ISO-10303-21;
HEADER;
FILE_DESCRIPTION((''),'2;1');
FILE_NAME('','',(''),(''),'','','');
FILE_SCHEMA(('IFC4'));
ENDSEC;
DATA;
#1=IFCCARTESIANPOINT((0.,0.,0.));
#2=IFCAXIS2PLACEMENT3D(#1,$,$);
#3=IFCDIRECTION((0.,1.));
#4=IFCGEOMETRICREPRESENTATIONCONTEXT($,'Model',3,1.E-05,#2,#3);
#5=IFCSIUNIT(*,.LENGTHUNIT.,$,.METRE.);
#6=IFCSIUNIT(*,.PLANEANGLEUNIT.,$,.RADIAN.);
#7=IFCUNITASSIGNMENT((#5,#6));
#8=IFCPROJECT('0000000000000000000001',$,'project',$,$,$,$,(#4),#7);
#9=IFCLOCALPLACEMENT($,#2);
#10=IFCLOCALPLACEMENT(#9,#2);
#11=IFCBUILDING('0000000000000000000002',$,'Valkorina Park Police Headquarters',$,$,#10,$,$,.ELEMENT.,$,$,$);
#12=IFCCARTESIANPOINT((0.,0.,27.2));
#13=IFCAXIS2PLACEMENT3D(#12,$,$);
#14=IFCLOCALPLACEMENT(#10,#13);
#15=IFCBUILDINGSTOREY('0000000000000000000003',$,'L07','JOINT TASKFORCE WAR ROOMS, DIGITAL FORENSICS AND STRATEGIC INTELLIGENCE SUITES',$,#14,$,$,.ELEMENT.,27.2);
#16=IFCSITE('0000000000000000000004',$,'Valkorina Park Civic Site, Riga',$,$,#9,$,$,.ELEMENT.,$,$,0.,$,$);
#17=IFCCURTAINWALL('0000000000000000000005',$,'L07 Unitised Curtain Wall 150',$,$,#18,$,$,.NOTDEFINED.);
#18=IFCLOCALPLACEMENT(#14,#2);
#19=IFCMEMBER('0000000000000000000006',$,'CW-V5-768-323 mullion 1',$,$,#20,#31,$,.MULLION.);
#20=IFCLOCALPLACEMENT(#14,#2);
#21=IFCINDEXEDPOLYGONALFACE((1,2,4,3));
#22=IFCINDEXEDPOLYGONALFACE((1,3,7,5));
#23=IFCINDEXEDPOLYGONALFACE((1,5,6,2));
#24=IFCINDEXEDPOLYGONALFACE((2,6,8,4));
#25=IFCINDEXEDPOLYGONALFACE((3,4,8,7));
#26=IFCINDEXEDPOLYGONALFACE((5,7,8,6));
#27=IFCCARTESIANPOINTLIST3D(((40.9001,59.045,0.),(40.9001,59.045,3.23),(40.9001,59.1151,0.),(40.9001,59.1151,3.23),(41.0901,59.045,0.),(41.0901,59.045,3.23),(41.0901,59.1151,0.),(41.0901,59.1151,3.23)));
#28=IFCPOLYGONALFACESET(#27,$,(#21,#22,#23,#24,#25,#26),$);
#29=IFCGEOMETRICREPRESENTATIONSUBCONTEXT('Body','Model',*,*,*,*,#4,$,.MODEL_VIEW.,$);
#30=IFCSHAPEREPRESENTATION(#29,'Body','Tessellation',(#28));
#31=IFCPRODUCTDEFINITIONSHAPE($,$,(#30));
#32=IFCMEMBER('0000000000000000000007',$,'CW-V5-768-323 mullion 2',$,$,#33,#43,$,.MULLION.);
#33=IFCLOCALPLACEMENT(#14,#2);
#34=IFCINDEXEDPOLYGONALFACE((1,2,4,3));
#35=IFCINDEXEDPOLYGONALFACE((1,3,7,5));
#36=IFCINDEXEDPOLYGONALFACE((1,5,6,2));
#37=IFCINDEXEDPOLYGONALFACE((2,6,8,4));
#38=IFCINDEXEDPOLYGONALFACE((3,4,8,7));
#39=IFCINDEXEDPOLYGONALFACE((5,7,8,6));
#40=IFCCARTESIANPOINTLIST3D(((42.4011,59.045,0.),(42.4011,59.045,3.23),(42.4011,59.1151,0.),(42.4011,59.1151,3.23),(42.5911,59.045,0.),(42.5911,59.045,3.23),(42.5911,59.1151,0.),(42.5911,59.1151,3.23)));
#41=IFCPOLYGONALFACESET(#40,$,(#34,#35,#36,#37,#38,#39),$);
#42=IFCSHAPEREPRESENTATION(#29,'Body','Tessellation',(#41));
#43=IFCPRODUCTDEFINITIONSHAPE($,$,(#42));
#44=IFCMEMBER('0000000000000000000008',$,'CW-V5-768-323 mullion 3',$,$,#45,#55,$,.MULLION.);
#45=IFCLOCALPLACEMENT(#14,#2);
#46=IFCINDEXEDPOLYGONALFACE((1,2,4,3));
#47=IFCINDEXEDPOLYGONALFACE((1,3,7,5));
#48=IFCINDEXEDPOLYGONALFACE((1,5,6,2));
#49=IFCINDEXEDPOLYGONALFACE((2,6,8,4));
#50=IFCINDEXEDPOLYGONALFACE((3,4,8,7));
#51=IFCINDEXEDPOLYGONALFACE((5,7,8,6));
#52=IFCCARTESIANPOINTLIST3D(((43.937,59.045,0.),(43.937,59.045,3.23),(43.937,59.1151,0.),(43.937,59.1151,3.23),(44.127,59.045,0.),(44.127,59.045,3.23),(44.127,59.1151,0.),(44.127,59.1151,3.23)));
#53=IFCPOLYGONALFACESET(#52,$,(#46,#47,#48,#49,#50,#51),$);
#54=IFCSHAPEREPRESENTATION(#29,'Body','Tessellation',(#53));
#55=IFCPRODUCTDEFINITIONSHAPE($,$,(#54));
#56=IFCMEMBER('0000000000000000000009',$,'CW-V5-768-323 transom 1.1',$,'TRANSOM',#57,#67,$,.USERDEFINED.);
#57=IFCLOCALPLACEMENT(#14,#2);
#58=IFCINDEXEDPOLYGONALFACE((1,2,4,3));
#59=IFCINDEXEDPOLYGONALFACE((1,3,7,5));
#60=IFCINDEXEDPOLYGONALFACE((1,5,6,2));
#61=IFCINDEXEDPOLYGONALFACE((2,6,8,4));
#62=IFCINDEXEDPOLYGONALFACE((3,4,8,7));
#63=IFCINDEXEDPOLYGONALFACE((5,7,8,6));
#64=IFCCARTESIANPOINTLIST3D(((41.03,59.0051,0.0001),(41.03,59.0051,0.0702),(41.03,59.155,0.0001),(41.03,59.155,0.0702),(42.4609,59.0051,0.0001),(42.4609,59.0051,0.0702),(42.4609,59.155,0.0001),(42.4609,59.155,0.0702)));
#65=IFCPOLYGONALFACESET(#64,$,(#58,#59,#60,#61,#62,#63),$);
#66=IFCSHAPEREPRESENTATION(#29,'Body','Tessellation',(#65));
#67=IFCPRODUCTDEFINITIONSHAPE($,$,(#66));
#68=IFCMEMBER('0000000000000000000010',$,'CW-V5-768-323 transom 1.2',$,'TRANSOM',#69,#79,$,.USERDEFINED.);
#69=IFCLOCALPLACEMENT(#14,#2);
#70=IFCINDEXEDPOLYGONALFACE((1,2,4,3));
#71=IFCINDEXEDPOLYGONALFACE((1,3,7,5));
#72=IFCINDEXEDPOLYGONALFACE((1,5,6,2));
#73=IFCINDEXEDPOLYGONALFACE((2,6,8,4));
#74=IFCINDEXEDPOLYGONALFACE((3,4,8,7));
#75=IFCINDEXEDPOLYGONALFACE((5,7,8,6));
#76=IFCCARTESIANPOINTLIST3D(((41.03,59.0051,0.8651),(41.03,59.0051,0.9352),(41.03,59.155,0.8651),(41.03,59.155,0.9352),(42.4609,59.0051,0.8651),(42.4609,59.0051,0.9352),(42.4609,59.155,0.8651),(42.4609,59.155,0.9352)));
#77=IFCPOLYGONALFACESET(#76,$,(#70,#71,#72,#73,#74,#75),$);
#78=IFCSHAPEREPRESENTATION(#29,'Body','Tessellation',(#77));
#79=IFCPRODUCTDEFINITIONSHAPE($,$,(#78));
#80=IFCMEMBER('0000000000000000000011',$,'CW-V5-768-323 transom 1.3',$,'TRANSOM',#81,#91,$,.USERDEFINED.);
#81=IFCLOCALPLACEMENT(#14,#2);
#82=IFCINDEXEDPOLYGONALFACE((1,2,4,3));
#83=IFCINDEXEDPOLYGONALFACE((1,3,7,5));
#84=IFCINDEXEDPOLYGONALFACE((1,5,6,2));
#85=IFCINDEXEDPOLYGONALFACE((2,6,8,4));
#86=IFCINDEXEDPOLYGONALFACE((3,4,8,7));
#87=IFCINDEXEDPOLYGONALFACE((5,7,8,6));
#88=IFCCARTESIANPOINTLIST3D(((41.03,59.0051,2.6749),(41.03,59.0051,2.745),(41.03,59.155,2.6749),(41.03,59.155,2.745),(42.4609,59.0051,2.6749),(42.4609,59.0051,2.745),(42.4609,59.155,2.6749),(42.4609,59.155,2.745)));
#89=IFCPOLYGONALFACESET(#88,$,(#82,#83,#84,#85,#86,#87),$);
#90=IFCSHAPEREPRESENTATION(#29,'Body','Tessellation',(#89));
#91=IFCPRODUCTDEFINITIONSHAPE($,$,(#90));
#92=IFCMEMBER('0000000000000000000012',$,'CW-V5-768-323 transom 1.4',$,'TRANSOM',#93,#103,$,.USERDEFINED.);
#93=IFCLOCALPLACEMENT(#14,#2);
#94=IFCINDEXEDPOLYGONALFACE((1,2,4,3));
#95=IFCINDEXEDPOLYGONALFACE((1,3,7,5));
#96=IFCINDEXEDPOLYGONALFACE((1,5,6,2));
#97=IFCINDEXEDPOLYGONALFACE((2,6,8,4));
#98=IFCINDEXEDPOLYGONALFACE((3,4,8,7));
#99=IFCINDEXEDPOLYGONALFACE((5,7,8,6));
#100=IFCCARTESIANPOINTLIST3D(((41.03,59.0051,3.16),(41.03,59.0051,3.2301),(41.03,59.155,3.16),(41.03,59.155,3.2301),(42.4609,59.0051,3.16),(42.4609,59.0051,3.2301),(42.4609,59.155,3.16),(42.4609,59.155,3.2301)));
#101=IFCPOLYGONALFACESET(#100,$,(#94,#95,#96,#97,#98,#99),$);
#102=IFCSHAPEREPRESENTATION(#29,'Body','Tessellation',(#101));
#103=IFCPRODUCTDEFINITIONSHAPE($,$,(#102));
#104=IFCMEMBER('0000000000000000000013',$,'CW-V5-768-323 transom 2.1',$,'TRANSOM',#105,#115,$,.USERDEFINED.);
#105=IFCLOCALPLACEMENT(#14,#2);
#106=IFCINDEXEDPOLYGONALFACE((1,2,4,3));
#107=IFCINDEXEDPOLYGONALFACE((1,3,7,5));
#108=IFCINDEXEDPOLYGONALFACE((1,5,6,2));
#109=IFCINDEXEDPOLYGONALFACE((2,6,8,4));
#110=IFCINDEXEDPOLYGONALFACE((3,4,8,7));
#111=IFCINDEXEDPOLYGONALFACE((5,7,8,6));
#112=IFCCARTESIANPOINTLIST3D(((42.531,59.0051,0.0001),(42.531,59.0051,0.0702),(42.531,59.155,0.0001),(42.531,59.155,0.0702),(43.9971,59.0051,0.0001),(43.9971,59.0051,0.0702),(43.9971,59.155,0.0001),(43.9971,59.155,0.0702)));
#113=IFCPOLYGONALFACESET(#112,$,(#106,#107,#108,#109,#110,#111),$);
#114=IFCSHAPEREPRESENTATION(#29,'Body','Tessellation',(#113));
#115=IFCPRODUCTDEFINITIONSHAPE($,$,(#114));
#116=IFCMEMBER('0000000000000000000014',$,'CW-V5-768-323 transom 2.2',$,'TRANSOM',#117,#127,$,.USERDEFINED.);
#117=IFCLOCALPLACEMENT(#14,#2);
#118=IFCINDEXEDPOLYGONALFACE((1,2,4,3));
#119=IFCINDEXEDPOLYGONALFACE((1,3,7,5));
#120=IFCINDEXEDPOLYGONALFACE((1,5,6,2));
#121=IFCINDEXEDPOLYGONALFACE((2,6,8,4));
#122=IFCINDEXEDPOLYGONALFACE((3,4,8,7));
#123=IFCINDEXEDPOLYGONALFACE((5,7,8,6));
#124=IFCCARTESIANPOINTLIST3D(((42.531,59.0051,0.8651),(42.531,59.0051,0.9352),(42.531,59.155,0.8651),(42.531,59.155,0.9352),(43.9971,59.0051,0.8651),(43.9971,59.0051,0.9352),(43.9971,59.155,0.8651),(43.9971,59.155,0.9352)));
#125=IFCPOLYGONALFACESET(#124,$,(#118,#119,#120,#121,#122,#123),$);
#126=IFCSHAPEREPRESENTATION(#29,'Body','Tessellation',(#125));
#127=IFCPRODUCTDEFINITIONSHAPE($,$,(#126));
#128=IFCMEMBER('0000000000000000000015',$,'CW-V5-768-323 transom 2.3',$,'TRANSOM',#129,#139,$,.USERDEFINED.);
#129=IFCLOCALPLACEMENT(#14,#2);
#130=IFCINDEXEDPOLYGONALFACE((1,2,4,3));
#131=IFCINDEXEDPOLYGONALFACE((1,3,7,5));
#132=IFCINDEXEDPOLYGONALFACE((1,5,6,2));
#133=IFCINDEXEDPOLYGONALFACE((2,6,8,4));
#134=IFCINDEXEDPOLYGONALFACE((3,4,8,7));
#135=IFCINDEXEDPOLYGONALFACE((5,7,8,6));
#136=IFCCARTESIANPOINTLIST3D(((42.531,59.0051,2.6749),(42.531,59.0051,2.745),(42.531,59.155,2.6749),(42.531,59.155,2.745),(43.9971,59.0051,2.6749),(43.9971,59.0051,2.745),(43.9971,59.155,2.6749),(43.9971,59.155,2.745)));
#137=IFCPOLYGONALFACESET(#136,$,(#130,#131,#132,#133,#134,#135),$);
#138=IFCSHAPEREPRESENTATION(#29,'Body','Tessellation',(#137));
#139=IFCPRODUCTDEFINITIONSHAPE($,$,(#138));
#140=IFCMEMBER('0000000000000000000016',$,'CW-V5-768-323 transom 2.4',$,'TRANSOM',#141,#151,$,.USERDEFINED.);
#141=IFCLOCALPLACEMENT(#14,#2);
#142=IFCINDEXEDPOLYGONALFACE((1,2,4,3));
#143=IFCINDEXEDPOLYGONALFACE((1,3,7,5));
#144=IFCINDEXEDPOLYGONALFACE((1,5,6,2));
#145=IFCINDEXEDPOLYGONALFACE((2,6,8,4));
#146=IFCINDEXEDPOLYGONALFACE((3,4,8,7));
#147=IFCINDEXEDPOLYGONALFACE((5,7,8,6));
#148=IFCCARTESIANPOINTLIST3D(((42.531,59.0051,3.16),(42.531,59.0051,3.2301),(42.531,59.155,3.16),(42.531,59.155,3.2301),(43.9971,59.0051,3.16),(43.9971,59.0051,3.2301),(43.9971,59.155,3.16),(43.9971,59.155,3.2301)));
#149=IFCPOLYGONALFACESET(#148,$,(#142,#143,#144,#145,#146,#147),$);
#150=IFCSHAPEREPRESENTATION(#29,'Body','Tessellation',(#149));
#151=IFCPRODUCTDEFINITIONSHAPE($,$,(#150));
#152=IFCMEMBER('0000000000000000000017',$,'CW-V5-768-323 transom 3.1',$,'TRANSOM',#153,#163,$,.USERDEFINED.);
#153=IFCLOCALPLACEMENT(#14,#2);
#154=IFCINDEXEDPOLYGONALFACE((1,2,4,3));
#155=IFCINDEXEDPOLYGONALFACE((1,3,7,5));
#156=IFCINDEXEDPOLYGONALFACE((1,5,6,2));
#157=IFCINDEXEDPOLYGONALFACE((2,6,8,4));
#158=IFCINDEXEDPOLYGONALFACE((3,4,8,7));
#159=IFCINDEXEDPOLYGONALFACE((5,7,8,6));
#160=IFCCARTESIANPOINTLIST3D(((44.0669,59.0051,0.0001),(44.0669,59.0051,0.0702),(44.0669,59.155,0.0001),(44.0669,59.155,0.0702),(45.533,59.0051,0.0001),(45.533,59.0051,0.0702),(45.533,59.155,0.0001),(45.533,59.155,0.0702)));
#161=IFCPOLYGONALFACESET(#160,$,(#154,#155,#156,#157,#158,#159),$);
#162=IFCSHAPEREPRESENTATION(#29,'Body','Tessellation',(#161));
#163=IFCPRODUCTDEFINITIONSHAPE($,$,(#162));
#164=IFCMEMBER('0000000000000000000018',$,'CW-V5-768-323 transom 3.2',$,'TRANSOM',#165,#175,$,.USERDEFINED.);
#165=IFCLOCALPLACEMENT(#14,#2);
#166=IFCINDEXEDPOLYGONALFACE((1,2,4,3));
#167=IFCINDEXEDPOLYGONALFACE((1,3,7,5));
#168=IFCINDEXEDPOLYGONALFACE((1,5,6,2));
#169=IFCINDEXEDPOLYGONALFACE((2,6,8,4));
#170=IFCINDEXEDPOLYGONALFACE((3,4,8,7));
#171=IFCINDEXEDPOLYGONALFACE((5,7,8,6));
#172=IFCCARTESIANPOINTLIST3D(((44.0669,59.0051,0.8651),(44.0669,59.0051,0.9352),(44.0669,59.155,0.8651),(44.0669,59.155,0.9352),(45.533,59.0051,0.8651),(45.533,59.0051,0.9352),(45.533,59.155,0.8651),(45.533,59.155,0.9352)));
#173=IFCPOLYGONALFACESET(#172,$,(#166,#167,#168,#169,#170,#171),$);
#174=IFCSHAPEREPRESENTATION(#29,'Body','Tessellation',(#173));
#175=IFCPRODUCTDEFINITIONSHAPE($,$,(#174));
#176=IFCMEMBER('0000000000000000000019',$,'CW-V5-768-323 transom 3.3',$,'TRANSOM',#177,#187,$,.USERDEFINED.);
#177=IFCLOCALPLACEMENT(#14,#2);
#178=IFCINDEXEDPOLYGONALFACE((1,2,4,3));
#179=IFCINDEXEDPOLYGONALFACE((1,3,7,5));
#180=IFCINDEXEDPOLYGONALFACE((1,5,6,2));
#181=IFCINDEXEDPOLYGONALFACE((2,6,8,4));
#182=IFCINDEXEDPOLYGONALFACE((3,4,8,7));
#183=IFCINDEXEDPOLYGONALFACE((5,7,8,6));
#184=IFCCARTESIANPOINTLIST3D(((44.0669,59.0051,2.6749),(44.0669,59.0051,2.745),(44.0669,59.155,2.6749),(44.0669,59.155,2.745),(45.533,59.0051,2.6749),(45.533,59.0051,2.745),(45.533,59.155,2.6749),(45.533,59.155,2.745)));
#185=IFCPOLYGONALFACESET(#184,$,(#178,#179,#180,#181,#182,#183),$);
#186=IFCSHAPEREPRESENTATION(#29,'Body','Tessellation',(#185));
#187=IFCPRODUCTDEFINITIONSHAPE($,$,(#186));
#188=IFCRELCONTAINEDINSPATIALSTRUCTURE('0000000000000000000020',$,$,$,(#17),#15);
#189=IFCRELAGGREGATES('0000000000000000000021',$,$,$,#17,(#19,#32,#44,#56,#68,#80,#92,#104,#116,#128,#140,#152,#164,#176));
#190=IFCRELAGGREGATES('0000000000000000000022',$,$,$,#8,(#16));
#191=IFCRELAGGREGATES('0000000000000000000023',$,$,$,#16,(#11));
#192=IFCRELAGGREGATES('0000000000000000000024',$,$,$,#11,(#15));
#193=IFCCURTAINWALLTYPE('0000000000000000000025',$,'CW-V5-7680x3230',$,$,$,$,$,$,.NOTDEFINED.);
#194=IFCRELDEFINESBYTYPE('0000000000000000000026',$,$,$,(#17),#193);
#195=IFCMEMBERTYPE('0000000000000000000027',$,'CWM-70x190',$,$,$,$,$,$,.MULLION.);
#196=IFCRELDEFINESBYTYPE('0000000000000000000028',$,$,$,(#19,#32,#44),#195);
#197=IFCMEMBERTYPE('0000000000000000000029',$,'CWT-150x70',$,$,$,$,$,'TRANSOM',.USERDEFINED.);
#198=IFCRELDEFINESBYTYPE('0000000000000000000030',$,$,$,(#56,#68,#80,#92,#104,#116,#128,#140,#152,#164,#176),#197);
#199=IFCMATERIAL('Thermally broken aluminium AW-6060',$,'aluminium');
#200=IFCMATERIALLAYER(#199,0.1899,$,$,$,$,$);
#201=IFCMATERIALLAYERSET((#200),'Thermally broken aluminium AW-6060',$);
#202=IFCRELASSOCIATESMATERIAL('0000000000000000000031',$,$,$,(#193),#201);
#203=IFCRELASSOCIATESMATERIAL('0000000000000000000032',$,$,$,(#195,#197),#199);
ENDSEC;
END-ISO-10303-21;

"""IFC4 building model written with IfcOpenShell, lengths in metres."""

from ifc_helpers import new_model, si_unit, direction, frame, origin, origin_2d, place, context, subcontext, project, spatial, rectangle, extrude, material, layer, layer_set, material_profile, profile_set, type_object, element, aggregate, save


model = new_model("IFC4")

# Units and contexts
model_context = context("Model", 3, precision=1e-05, world=origin(), true_north=direction((0.0, 1.0)))
body_context = subcontext(model_context, "Body", "Model", "MODEL_VIEW")
ifc_project = project(units=[si_unit("LENGTHUNIT", "METRE"), si_unit("PLANEANGLEUNIT", "RADIAN")], contexts=[model_context])

# Site, building, storey
site_placement = place(None, origin())
site = spatial("IfcSite", under=ifc_project, at=site_placement, Name="Valkorina Park Civic Site, Riga", CompositionType="ELEMENT", RefElevation=0.0)
building_placement = place(site_placement, origin())
building = spatial("IfcBuilding", under=site, at=building_placement, Name="Valkorina Park Police Headquarters", CompositionType="ELEMENT")
storey_placement = place(building_placement, frame((0.0, 0.0, 27.2)))
storey = spatial("IfcBuildingStorey", under=building, at=storey_placement, Name="L07", Description="JOINT TASKFORCE WAR ROOMS, DIGITAL FORENSICS AND STRATEGIC INTELLIGENCE SUITES", CompositionType="ELEMENT", Elevation=27.2)

# Curtain wall, members
ifc_material_1 = material(Name="Thermally broken aluminium AW-6060", Category="aluminium")
ifc_layer_1 = layer(ifc_material_1, 0.1899)
ifc_layer_set_1 = layer_set([ifc_layer_1], Name="Thermally broken aluminium AW-6060")
curtain_wall_type = type_object("IfcCurtainWallType", Name="CW-V5-7680x3230", PredefinedType="NOTDEFINED", material=ifc_layer_set_1)
curtain_wall_placement = place(storey_placement, origin())
curtain_wall = element("IfcCurtainWall", 1, at=curtain_wall_placement, inside=storey, type_object=curtain_wall_type, Name="L07 Unitised Curtain Wall 150", PredefinedType="NOTDEFINED")
ifc_material_profile_1 = material_profile(ifc_material_1, rectangle(XDim=0.0701, YDim=0.1899, at=origin_2d()), Name="CWM-02 70x190")
ifc_profile_set_1 = profile_set([ifc_material_profile_1], Name="Thermally broken aluminium AW-6060")
member_type_1 = type_object("IfcMemberType", Name="CWM-70x190", PredefinedType="MULLION", material=ifc_profile_set_1)
member_1_placement = place(storey_placement, frame((40.9951, 59.0801, 0.0), z_axis=(0.0, 0.0, 1.0), x_axis=(0.0, 1.0, 0.0)))
member_1 = element("IfcMember", 2, at=member_1_placement, type_object=member_type_1, Name="CW-V5-768-323 mullion 1", PredefinedType="MULLION", context=body_context, shape_type="SweptSolid", body=[
    extrude(rectangle(XDim=0.0701, YDim=0.1899, at=origin_2d()), origin(), (0.0, 0.0, 1.0), 3.23),
])
member_2_placement = place(storey_placement, frame((42.4961, 59.0801, 0.0), z_axis=(0.0, 0.0, 1.0), x_axis=(0.0, 1.0, 0.0)))
member_2 = element("IfcMember", 3, at=member_2_placement, type_object=member_type_1, Name="CW-V5-768-323 mullion 2", PredefinedType="MULLION", context=body_context, shape_type="SweptSolid", body=[
    extrude(rectangle(XDim=0.0701, YDim=0.1899, at=origin_2d()), origin(), (0.0, 0.0, 1.0), 3.23),
])
member_3_placement = place(storey_placement, frame((44.032, 59.0801, 0.0), z_axis=(0.0, 0.0, 1.0), x_axis=(0.0, 1.0, 0.0)))
member_3 = element("IfcMember", 4, at=member_3_placement, type_object=member_type_1, Name="CW-V5-768-323 mullion 3", PredefinedType="MULLION", context=body_context, shape_type="SweptSolid", body=[
    extrude(rectangle(XDim=0.0701, YDim=0.1899, at=origin_2d()), origin(), (0.0, 0.0, 1.0), 3.23),
])
ifc_material_profile_2 = material_profile(ifc_material_1, rectangle(XDim=0.1499, YDim=0.0701, at=origin_2d()), Name="CWT-02 150x70")
ifc_profile_set_2 = profile_set([ifc_material_profile_2], Name="Thermally broken aluminium AW-6060")
member_type_2 = type_object("IfcMemberType", Name="CWT-150x70", ElementType="TRANSOM", PredefinedType="USERDEFINED", material=ifc_profile_set_2)
member_4_placement = place(storey_placement, frame((41.03, 59.0801, 0.0352), z_axis=(1.0, 0.0, 0.0), x_axis=(0.0, 1.0, 0.0)))
member_4 = element("IfcMember", 5, at=member_4_placement, type_object=member_type_2, Name="CW-V5-768-323 transom 1.1", ObjectType="TRANSOM", PredefinedType="USERDEFINED", context=body_context, shape_type="SweptSolid", body=[
    extrude(rectangle(XDim=0.1499, YDim=0.0701, at=origin_2d()), origin(), (0.0, 0.0, 1.0), 1.4309),
])
member_5_placement = place(storey_placement, frame((41.03, 59.0801, 0.9001), z_axis=(1.0, 0.0, 0.0), x_axis=(0.0, 1.0, 0.0)))
member_5 = element("IfcMember", 6, at=member_5_placement, type_object=member_type_2, Name="CW-V5-768-323 transom 1.2", ObjectType="TRANSOM", PredefinedType="USERDEFINED", context=body_context, shape_type="SweptSolid", body=[
    extrude(rectangle(XDim=0.1499, YDim=0.0701, at=origin_2d()), origin(), (0.0, 0.0, 1.0), 1.4309),
])
member_6_placement = place(storey_placement, frame((41.03, 59.0801, 2.71), z_axis=(1.0, 0.0, 0.0), x_axis=(0.0, 1.0, 0.0)))
member_6 = element("IfcMember", 7, at=member_6_placement, type_object=member_type_2, Name="CW-V5-768-323 transom 1.3", ObjectType="TRANSOM", PredefinedType="USERDEFINED", context=body_context, shape_type="SweptSolid", body=[
    extrude(rectangle(XDim=0.1499, YDim=0.0701, at=origin_2d()), origin(), (0.0, 0.0, 1.0), 1.4309),
])
member_7_placement = place(storey_placement, frame((41.03, 59.0801, 3.1951), z_axis=(1.0, 0.0, 0.0), x_axis=(0.0, 1.0, 0.0)))
member_7 = element("IfcMember", 8, at=member_7_placement, type_object=member_type_2, Name="CW-V5-768-323 transom 1.4", ObjectType="TRANSOM", PredefinedType="USERDEFINED", context=body_context, shape_type="SweptSolid", body=[
    extrude(rectangle(XDim=0.1499, YDim=0.0701, at=origin_2d()), origin(), (0.0, 0.0, 1.0), 1.4309),
])
member_8_placement = place(storey_placement, frame((42.531, 59.0801, 0.0352), z_axis=(1.0, 0.0, 0.0), x_axis=(0.0, 1.0, 0.0)))
member_8 = element("IfcMember", 9, at=member_8_placement, type_object=member_type_2, Name="CW-V5-768-323 transom 2.1", ObjectType="TRANSOM", PredefinedType="USERDEFINED", context=body_context, shape_type="SweptSolid", body=[
    extrude(rectangle(XDim=0.1499, YDim=0.0701, at=origin_2d()), origin(), (0.0, 0.0, 1.0), 1.4661),
])
member_9_placement = place(storey_placement, frame((42.531, 59.0801, 0.9001), z_axis=(1.0, 0.0, 0.0), x_axis=(0.0, 1.0, 0.0)))
member_9 = element("IfcMember", 10, at=member_9_placement, type_object=member_type_2, Name="CW-V5-768-323 transom 2.2", ObjectType="TRANSOM", PredefinedType="USERDEFINED", context=body_context, shape_type="SweptSolid", body=[
    extrude(rectangle(XDim=0.1499, YDim=0.0701, at=origin_2d()), origin(), (0.0, 0.0, 1.0), 1.4661),
])
member_10_placement = place(storey_placement, frame((42.531, 59.0801, 2.71), z_axis=(1.0, 0.0, 0.0), x_axis=(0.0, 1.0, 0.0)))
member_10 = element("IfcMember", 11, at=member_10_placement, type_object=member_type_2, Name="CW-V5-768-323 transom 2.3", ObjectType="TRANSOM", PredefinedType="USERDEFINED", context=body_context, shape_type="SweptSolid", body=[
    extrude(rectangle(XDim=0.1499, YDim=0.0701, at=origin_2d()), origin(), (0.0, 0.0, 1.0), 1.4661),
])
member_11_placement = place(storey_placement, frame((42.531, 59.0801, 3.1951), z_axis=(1.0, 0.0, 0.0), x_axis=(0.0, 1.0, 0.0)))
member_11 = element("IfcMember", 12, at=member_11_placement, type_object=member_type_2, Name="CW-V5-768-323 transom 2.4", ObjectType="TRANSOM", PredefinedType="USERDEFINED", context=body_context, shape_type="SweptSolid", body=[
    extrude(rectangle(XDim=0.1499, YDim=0.0701, at=origin_2d()), origin(), (0.0, 0.0, 1.0), 1.4661),
])
member_12_placement = place(storey_placement, frame((44.0669, 59.0801, 0.0352), z_axis=(1.0, 0.0, 0.0), x_axis=(0.0, 1.0, 0.0)))
member_12 = element("IfcMember", 13, at=member_12_placement, type_object=member_type_2, Name="CW-V5-768-323 transom 3.1", ObjectType="TRANSOM", PredefinedType="USERDEFINED", context=body_context, shape_type="SweptSolid", body=[
    extrude(rectangle(XDim=0.1499, YDim=0.0701, at=origin_2d()), origin(), (0.0, 0.0, 1.0), 1.4661),
])
member_13_placement = place(storey_placement, frame((44.0669, 59.0801, 0.9001), z_axis=(1.0, 0.0, 0.0), x_axis=(0.0, 1.0, 0.0)))
member_13 = element("IfcMember", 14, at=member_13_placement, type_object=member_type_2, Name="CW-V5-768-323 transom 3.2", ObjectType="TRANSOM", PredefinedType="USERDEFINED", context=body_context, shape_type="SweptSolid", body=[
    extrude(rectangle(XDim=0.1499, YDim=0.0701, at=origin_2d()), origin(), (0.0, 0.0, 1.0), 1.4661),
])
member_14_placement = place(storey_placement, frame((44.0669, 59.0801, 2.71), z_axis=(1.0, 0.0, 0.0), x_axis=(0.0, 1.0, 0.0)))
member_14 = element("IfcMember", 15, at=member_14_placement, type_object=member_type_2, Name="CW-V5-768-323 transom 3.3", ObjectType="TRANSOM", PredefinedType="USERDEFINED", context=body_context, shape_type="SweptSolid", body=[
    extrude(rectangle(XDim=0.1499, YDim=0.0701, at=origin_2d()), origin(), (0.0, 0.0, 1.0), 1.4661),
])
aggregate(curtain_wall, [member_1, member_2, member_3, member_4, member_5, member_6, member_7, member_8, member_9, member_10, member_11, member_12, member_13, member_14])

save(model, "model.ifc")
